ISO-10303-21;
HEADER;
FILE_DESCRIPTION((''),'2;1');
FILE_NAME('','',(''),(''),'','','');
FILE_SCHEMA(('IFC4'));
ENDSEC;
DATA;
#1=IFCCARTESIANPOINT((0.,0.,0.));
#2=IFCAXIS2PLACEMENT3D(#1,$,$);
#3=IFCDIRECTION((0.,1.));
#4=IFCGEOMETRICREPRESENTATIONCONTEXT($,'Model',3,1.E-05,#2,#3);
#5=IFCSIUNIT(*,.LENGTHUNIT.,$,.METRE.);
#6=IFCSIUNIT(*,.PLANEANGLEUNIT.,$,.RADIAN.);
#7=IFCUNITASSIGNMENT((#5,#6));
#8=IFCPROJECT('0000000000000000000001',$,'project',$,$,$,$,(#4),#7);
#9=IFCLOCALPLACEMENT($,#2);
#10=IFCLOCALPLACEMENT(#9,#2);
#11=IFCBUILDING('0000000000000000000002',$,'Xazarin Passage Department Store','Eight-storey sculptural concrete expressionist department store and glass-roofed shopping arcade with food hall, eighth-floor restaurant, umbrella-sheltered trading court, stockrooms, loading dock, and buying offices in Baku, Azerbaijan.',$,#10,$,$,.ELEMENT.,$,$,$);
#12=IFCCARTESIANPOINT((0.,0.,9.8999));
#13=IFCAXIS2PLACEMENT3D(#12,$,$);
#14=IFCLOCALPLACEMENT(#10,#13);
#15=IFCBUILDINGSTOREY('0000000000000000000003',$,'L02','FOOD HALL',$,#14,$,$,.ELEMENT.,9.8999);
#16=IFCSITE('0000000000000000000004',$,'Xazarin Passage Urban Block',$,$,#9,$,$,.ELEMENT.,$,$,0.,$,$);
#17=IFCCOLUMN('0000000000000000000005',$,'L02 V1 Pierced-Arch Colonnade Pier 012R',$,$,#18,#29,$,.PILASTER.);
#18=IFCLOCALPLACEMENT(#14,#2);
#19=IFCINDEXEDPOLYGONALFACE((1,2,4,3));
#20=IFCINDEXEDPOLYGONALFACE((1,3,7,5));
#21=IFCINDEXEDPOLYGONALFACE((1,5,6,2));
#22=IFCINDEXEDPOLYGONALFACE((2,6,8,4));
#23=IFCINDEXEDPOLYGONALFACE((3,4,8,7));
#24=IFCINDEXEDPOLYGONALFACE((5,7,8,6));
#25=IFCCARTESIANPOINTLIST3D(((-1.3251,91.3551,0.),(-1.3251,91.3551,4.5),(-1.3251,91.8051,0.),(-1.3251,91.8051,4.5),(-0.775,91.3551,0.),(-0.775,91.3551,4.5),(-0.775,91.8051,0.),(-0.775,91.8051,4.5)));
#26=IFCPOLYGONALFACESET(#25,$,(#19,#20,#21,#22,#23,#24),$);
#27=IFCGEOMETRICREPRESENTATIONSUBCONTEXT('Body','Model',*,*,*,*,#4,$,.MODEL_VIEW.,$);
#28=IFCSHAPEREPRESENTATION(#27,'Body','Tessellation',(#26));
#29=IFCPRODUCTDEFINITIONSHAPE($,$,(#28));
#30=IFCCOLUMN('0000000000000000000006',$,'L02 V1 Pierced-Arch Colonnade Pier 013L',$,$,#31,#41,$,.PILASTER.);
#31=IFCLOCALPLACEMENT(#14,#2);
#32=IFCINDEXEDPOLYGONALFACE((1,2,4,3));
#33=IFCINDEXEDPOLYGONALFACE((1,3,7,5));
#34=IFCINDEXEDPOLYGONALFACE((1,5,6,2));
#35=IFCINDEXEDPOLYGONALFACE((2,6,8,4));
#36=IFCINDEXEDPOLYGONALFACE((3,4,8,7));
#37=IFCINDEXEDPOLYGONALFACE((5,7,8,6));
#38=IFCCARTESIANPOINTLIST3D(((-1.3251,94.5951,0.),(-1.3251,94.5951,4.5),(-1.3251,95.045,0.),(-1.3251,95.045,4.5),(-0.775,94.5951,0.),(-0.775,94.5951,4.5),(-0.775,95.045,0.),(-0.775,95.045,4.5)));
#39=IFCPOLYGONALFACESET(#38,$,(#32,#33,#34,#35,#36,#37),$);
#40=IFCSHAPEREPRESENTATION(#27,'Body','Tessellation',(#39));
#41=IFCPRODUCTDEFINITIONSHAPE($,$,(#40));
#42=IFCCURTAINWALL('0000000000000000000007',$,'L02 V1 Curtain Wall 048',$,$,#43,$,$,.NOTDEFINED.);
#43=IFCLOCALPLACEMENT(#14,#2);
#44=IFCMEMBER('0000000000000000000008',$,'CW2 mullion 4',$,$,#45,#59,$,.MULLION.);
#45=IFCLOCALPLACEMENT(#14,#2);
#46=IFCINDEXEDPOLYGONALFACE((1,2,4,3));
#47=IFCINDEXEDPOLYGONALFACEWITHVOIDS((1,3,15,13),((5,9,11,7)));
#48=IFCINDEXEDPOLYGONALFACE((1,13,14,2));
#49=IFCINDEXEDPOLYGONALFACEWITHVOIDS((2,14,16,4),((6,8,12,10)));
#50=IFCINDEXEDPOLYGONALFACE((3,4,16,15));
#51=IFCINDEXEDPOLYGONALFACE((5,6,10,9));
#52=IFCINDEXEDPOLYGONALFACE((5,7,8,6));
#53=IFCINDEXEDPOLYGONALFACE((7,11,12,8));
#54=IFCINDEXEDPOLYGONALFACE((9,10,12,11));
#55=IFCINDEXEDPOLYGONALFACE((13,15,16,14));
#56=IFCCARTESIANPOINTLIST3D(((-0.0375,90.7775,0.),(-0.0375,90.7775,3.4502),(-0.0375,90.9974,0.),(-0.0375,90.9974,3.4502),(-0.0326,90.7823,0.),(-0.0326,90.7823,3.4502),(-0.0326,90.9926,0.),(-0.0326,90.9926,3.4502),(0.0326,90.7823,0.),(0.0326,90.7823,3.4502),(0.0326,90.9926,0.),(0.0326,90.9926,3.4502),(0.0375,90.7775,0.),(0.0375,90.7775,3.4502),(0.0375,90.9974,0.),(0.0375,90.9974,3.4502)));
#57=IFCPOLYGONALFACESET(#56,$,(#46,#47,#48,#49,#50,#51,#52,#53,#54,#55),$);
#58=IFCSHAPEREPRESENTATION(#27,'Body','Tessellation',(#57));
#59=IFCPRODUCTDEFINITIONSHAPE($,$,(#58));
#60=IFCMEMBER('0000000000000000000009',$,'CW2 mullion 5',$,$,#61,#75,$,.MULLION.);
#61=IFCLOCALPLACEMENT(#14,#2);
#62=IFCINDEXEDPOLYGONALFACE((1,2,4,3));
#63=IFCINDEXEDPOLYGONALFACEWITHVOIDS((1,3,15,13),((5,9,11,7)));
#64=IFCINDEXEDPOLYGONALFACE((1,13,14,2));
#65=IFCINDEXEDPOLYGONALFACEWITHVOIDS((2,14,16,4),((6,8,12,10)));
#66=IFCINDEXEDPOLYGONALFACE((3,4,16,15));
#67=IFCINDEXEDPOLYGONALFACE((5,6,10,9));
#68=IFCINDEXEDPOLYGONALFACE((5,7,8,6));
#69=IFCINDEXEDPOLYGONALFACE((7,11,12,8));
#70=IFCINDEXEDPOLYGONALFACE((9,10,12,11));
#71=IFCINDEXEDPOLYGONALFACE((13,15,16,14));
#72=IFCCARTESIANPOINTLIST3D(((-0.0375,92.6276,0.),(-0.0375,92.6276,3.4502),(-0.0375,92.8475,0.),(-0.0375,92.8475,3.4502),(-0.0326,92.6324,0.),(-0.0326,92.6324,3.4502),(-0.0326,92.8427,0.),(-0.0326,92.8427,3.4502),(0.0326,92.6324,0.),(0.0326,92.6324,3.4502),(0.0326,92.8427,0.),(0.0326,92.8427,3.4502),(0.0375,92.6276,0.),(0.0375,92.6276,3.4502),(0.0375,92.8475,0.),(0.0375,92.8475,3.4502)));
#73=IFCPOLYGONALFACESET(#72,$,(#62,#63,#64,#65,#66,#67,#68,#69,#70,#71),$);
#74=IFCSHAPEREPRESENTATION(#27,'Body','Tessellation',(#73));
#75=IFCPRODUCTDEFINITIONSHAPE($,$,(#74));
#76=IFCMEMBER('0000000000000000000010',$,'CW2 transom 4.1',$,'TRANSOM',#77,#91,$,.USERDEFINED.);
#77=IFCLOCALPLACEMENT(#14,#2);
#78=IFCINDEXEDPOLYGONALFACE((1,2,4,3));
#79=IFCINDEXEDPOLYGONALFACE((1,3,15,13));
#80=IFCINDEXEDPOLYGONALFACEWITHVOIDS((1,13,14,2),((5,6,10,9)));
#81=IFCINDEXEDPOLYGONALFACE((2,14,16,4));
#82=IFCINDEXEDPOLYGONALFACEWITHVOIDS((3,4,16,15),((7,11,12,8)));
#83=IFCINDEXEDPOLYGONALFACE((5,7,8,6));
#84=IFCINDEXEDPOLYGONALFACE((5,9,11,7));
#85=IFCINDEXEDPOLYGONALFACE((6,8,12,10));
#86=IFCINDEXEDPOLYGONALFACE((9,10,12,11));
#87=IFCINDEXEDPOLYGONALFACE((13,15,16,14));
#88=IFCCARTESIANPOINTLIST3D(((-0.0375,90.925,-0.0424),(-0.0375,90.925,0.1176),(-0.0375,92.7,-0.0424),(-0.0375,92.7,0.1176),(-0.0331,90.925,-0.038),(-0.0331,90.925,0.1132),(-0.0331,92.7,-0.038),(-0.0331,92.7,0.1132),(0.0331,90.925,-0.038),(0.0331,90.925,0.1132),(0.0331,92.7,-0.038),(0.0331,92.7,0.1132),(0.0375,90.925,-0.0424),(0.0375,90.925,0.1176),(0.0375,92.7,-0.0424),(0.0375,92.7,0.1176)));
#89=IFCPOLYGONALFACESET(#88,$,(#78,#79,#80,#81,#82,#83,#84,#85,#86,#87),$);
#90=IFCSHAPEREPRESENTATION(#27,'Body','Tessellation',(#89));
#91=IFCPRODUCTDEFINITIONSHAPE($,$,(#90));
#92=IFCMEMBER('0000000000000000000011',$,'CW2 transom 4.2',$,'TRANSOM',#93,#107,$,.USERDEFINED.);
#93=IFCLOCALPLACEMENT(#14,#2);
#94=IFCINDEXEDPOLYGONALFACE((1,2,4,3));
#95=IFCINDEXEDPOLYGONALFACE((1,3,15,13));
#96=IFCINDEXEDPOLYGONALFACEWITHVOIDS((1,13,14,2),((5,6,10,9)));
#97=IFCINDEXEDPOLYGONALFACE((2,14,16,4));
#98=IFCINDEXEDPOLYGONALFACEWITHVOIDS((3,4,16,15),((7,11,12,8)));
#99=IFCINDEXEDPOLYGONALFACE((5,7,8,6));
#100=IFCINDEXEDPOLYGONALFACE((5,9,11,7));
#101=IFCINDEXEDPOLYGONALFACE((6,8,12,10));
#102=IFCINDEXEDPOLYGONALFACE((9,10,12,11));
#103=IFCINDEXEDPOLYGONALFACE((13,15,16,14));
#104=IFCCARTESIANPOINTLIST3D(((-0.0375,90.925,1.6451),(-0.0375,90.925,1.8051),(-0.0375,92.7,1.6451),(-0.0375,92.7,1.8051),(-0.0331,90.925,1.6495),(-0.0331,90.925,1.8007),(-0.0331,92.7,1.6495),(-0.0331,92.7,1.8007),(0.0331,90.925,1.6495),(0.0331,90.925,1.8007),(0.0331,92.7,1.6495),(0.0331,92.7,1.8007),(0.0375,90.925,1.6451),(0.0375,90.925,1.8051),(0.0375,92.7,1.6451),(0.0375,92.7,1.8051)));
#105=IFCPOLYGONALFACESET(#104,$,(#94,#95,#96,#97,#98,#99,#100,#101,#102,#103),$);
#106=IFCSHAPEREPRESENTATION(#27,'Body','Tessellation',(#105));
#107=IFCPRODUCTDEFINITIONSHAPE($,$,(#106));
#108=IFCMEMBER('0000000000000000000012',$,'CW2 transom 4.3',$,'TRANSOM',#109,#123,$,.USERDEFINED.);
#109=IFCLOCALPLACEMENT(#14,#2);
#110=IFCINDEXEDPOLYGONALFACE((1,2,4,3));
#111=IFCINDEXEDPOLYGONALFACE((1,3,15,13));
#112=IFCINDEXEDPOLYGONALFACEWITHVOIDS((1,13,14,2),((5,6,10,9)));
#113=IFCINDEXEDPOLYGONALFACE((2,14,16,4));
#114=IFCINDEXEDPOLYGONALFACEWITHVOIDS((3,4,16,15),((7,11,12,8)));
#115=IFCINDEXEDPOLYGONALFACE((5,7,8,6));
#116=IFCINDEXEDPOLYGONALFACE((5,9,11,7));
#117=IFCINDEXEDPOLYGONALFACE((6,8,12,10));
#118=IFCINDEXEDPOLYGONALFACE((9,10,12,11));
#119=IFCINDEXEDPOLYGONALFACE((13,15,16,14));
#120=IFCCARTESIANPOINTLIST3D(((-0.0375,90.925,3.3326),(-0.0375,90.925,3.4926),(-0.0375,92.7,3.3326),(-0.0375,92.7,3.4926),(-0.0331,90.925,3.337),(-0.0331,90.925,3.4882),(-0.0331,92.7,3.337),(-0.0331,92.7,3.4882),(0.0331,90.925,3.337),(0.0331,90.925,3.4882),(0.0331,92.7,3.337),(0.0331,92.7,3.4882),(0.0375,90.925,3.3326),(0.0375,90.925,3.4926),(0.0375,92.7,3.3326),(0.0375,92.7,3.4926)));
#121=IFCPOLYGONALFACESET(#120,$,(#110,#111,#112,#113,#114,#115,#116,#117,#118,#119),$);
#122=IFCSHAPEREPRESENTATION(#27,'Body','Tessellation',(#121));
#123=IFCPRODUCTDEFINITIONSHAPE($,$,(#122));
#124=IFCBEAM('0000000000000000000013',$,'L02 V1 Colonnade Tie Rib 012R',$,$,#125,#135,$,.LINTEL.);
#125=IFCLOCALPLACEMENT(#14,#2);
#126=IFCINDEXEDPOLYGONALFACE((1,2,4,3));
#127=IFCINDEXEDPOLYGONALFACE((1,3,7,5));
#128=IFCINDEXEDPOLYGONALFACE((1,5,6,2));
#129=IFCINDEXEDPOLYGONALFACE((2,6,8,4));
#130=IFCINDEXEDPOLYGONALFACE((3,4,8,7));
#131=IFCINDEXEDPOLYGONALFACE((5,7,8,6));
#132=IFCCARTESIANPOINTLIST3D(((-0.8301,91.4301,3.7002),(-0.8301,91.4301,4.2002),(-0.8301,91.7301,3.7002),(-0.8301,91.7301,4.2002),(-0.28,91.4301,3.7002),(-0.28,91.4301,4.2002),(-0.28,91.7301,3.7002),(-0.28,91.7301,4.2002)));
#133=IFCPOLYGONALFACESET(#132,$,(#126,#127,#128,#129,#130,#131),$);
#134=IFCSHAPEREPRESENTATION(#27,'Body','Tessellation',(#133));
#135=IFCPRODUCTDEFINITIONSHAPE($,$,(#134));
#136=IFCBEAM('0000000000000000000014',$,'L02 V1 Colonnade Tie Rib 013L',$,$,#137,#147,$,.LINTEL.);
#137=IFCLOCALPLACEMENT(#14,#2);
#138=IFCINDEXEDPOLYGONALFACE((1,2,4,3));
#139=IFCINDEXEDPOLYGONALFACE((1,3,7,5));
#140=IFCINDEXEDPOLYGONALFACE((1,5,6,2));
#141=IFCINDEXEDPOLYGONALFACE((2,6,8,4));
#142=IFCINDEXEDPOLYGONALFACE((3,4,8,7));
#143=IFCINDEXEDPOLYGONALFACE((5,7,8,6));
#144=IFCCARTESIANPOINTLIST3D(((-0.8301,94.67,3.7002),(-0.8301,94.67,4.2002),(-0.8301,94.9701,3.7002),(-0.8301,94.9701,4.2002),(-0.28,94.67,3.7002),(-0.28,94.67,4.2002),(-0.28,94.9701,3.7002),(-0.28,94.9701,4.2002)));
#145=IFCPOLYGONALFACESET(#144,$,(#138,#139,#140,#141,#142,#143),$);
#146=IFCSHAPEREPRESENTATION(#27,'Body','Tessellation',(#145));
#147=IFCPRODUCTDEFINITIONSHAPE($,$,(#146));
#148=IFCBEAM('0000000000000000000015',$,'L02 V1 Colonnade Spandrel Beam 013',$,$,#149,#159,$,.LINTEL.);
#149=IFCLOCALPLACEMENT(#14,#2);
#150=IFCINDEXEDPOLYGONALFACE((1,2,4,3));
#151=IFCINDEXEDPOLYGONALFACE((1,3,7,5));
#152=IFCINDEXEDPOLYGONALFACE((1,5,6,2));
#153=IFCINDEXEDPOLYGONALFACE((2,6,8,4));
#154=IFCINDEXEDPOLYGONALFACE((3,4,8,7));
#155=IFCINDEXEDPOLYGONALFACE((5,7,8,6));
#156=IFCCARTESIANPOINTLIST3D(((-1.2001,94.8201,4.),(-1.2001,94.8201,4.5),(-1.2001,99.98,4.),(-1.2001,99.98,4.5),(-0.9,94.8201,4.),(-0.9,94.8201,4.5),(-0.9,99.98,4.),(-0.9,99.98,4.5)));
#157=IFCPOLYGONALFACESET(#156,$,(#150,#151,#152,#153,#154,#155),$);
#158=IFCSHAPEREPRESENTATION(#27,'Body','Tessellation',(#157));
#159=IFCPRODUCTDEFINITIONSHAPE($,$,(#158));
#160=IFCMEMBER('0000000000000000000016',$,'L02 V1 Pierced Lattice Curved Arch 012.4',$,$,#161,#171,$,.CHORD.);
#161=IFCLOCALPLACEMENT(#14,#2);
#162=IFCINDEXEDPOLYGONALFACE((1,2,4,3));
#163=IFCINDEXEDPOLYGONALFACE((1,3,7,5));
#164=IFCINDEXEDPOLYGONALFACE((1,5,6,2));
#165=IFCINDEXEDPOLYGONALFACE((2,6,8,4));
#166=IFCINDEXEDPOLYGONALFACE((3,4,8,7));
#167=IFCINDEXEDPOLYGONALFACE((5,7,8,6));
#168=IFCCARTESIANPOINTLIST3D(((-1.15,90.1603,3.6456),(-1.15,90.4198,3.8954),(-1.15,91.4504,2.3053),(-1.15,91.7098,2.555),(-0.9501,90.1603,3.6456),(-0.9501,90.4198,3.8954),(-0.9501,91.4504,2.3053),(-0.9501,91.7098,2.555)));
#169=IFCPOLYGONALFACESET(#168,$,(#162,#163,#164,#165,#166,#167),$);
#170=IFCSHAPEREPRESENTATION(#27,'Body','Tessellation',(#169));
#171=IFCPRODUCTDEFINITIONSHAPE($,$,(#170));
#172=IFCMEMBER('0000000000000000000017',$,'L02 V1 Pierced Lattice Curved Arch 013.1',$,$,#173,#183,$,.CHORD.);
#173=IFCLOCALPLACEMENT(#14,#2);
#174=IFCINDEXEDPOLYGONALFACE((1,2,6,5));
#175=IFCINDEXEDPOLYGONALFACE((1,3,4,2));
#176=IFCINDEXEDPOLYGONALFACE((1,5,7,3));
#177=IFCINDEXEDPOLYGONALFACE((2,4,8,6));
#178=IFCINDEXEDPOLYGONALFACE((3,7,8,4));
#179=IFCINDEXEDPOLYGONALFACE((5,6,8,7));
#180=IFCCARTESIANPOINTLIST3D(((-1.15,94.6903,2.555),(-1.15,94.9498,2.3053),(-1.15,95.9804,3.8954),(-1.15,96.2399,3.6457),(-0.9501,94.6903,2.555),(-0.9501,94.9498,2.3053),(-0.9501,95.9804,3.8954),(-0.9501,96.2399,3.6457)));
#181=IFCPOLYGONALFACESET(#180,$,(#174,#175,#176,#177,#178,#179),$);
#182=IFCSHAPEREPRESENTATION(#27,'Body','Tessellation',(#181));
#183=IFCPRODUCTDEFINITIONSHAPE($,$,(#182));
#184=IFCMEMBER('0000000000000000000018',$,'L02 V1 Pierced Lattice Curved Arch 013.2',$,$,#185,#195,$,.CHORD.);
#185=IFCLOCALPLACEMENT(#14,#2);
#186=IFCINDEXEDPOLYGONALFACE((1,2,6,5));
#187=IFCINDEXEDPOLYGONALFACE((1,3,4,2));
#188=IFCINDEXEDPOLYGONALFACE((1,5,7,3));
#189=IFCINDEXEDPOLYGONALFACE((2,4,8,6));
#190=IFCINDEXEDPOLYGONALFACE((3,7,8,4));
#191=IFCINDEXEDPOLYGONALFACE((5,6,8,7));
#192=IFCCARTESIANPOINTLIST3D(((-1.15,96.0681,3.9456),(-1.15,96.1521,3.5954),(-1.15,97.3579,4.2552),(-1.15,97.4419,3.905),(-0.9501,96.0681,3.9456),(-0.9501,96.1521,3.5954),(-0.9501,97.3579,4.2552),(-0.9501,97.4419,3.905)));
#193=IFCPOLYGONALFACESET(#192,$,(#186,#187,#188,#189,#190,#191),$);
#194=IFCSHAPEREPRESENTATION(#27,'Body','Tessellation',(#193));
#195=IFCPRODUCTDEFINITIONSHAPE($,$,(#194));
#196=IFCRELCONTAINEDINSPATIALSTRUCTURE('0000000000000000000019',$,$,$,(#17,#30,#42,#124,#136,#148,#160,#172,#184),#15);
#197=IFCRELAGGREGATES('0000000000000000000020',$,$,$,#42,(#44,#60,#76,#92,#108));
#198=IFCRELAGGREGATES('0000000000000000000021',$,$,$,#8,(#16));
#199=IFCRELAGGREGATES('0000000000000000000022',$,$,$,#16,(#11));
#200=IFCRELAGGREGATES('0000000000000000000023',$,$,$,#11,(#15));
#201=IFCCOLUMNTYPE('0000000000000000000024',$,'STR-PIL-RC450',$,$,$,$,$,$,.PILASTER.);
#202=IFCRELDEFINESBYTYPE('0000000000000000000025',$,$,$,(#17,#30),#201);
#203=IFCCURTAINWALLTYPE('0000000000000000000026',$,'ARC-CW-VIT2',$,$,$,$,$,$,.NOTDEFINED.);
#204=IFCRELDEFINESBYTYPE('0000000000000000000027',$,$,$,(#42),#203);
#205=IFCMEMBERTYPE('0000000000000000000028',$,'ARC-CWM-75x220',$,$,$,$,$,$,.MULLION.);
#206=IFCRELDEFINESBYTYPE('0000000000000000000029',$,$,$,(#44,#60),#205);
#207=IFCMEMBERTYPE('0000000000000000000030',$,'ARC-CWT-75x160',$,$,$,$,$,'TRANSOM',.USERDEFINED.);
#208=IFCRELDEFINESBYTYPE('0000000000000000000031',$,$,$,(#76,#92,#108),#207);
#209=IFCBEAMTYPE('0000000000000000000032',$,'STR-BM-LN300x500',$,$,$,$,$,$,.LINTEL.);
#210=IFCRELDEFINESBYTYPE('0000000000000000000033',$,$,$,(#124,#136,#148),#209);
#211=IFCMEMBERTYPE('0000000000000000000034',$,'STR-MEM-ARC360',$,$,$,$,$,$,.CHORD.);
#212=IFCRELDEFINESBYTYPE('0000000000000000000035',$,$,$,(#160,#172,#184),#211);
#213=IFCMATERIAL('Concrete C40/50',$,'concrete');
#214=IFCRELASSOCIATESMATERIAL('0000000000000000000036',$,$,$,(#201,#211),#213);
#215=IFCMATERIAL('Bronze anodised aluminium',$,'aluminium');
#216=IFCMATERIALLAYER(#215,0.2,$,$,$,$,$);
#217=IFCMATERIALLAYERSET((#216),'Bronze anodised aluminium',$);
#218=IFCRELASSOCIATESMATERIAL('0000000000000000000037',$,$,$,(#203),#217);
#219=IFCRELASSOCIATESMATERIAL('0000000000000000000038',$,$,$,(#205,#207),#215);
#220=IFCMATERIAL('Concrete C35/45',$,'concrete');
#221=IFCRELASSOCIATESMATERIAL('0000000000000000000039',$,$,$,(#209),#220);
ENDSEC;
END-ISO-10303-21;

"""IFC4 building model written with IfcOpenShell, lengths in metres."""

from ifc_helpers import new_model, si_unit, direction, frame, origin, origin_2d, place, context, subcontext, project, spatial, rectangle, hollow_rectangle, extrude, material, layer, layer_set, material_profile, profile_set, type_object, element, aggregate, save


model = new_model("IFC4")

# Units and contexts
model_context = context("Model", 3, precision=1e-05, world=origin(), true_north=direction((0.0, 1.0)))
body_context = subcontext(model_context, "Body", "Model", "MODEL_VIEW")
ifc_project = project(units=[si_unit("LENGTHUNIT", "METRE"), si_unit("PLANEANGLEUNIT", "RADIAN")], contexts=[model_context])

# Site, building, storey
site_placement = place(None, origin())
site = spatial("IfcSite", under=ifc_project, at=site_placement, Name="Xazarin Passage Urban Block", CompositionType="ELEMENT", RefElevation=0.0)
building_placement = place(site_placement, origin())
building = spatial("IfcBuilding", under=site, at=building_placement, Name="Xazarin Passage Department Store", Description="Eight-storey sculptural concrete expressionist department store and glass-roofed shopping arcade with food hall, eighth-floor restaurant, umbrella-sheltered trading court, stockrooms, loading dock, and buying offices in Baku, Azerbaijan.", CompositionType="ELEMENT")
storey_placement = place(building_placement, frame((0.0, 0.0, 9.8999)))
storey = spatial("IfcBuildingStorey", under=building, at=storey_placement, Name="L02", Description="FOOD HALL", CompositionType="ELEMENT", Elevation=9.8999)

# Columns
ifc_material_1 = material(Name="Concrete C40/50", Category="concrete")
ifc_material_profile_1 = material_profile(ifc_material_1, rectangle(XDim=0.45, YDim=0.55, at=origin_2d()), Name="RC 450x550")
ifc_profile_set_1 = profile_set([ifc_material_profile_1], Name="Concrete C40/50")
column_type = type_object("IfcColumnType", Name="STR-PIL-RC450", PredefinedType="PILASTER", material=ifc_profile_set_1)
for number, where, z_axis, x_axis, name in (
    (1, (-1.05, 91.5801, 0.0), (0.0, 0.0, 1.0), (0.0, 1.0, 0.0), "L02 V1 Pierced-Arch Colonnade Pier 012R"),
    (2, (-1.05, 94.8201, 0.0), (0.0, 0.0, 1.0), (0.0, 1.0, 0.0), "L02 V1 Pierced-Arch Colonnade Pier 013L"),
):
    element("IfcColumn", number, at=place(storey_placement, frame(where, z_axis=z_axis, x_axis=x_axis)), inside=storey, type_object=column_type, Name=name, PredefinedType="PILASTER", context=body_context, shape_type="SweptSolid", body=[
        extrude(rectangle(XDim=0.45, YDim=0.55, at=origin_2d()), origin(), (0.0, 0.0, 1.0), 4.5),
    ])

# Curtain wall, members
ifc_material_2 = material(Name="Bronze anodised aluminium", Category="aluminium")
ifc_layer_1 = layer(ifc_material_2, 0.2)
ifc_layer_set_1 = layer_set([ifc_layer_1], Name="Bronze anodised aluminium")
curtain_wall_type = type_object("IfcCurtainWallType", Name="ARC-CW-VIT2", PredefinedType="NOTDEFINED", material=ifc_layer_set_1)
curtain_wall_placement = place(storey_placement, origin())
curtain_wall = element("IfcCurtainWall", 3, at=curtain_wall_placement, inside=storey, type_object=curtain_wall_type, Name="L02 V1 Curtain Wall 048", PredefinedType="NOTDEFINED")
ifc_material_profile_2 = material_profile(ifc_material_2, hollow_rectangle(XDim=0.075, YDim=0.22, WallThickness=0.0049, at=origin_2d()), Name="ALU 75x220")
ifc_profile_set_2 = profile_set([ifc_material_profile_2], Name="Bronze anodised aluminium")
member_type_1 = type_object("IfcMemberType", Name="ARC-CWM-75x220", PredefinedType="MULLION", material=ifc_profile_set_2)
member_1_placement = place(storey_placement, frame((0.0, 90.8875, 0.0), z_axis=(0.0, 0.0, 1.0), x_axis=(-1.0, 0.0, 0.0)))
member_1 = element("IfcMember", 4, at=member_1_placement, type_object=member_type_1, Name="CW2 mullion 4", PredefinedType="MULLION", context=body_context, shape_type="SweptSolid", body=[
    extrude(hollow_rectangle(XDim=0.075, YDim=0.22, WallThickness=0.0049, at=origin_2d()), origin(), (0.0, 0.0, 1.0), 3.4502),
])
member_2_placement = place(storey_placement, frame((0.0, 92.7375, 0.0), z_axis=(0.0, 0.0, 1.0), x_axis=(-1.0, 0.0, 0.0)))
member_2 = element("IfcMember", 5, at=member_2_placement, type_object=member_type_1, Name="CW2 mullion 5", PredefinedType="MULLION", context=body_context, shape_type="SweptSolid", body=[
    extrude(hollow_rectangle(XDim=0.075, YDim=0.22, WallThickness=0.0049, at=origin_2d()), origin(), (0.0, 0.0, 1.0), 3.4502),
])
ifc_material_profile_3 = material_profile(ifc_material_2, hollow_rectangle(XDim=0.075, YDim=0.1599, WallThickness=0.0044, at=origin_2d()), Name="ALU 75x160")
ifc_profile_set_3 = profile_set([ifc_material_profile_3], Name="Bronze anodised aluminium")
member_type_2 = type_object("IfcMemberType", Name="ARC-CWT-75x160", ElementType="TRANSOM", PredefinedType="USERDEFINED", material=ifc_profile_set_3)
member_3_placement = place(storey_placement, frame((0.0, 90.925, 0.0376), z_axis=(0.0, 1.0, 0.0), x_axis=(-1.0, 0.0, 0.0)))
member_3 = element("IfcMember", 6, at=member_3_placement, type_object=member_type_2, Name="CW2 transom 4.1", ObjectType="TRANSOM", PredefinedType="USERDEFINED", context=body_context, shape_type="SweptSolid", body=[
    extrude(hollow_rectangle(XDim=0.075, YDim=0.1599, WallThickness=0.0044, at=origin_2d()), origin(), (0.0, 0.0, 1.0), 1.7749),
])
member_4_placement = place(storey_placement, frame((0.0, 90.925, 1.7251), z_axis=(0.0, 1.0, 0.0), x_axis=(-1.0, 0.0, 0.0)))
member_4 = element("IfcMember", 7, at=member_4_placement, type_object=member_type_2, Name="CW2 transom 4.2", ObjectType="TRANSOM", PredefinedType="USERDEFINED", context=body_context, shape_type="SweptSolid", body=[
    extrude(hollow_rectangle(XDim=0.075, YDim=0.1599, WallThickness=0.0044, at=origin_2d()), origin(), (0.0, 0.0, 1.0), 1.7749),
])
member_5_placement = place(storey_placement, frame((0.0, 90.925, 3.4126), z_axis=(0.0, 1.0, 0.0), x_axis=(-1.0, 0.0, 0.0)))
member_5 = element("IfcMember", 8, at=member_5_placement, type_object=member_type_2, Name="CW2 transom 4.3", ObjectType="TRANSOM", PredefinedType="USERDEFINED", context=body_context, shape_type="SweptSolid", body=[
    extrude(hollow_rectangle(XDim=0.075, YDim=0.1599, WallThickness=0.0044, at=origin_2d()), origin(), (0.0, 0.0, 1.0), 1.7749),
])

# Beams
ifc_material_3 = material(Name="Concrete C35/45", Category="concrete")
ifc_material_profile_4 = material_profile(ifc_material_3, rectangle(XDim=0.3, YDim=0.5, at=origin_2d()), Name="RC 300x500")
ifc_profile_set_4 = profile_set([ifc_material_profile_4], Name="Concrete C35/45")
beam_type = type_object("IfcBeamType", Name="STR-BM-LN300x500", PredefinedType="LINTEL", material=ifc_profile_set_4)
for number, where, z_axis, x_axis, name in (
    (9, (-0.28, 91.5801, 3.9502), (-1.0, 0.0, 0.0), (0.0, -1.0, 0.0), "L02 V1 Colonnade Tie Rib 012R"),
    (10, (-0.28, 94.8201, 3.9502), (-1.0, 0.0, 0.0), (0.0, -1.0, 0.0), "L02 V1 Colonnade Tie Rib 013L"),
):
    element("IfcBeam", number, at=place(storey_placement, frame(where, z_axis=z_axis, x_axis=x_axis)), inside=storey, type_object=beam_type, Name=name, PredefinedType="LINTEL", context=body_context, shape_type="SweptSolid", body=[
        extrude(rectangle(XDim=0.3, YDim=0.5, at=origin_2d()), origin(), (0.0, 0.0, 1.0), 0.55),
    ])
beam_placement = place(storey_placement, frame((-1.05, 94.8201, 4.25), z_axis=(0.0, 1.0, 0.0), x_axis=(-1.0, 0.0, 0.0)))
element("IfcBeam", 11, at=beam_placement, inside=storey, type_object=beam_type, Name="L02 V1 Colonnade Spandrel Beam 013", PredefinedType="LINTEL", context=body_context, shape_type="SweptSolid", body=[
    extrude(rectangle(XDim=0.3, YDim=0.5, at=origin_2d()), origin(), (0.0, 0.0, 1.0), 5.1599),
])

# Members
ifc_material_profile_5 = material_profile(ifc_material_1, rectangle(XDim=0.2, YDim=0.3601, at=origin_2d()), Name="RC 200x360")
ifc_profile_set_5 = profile_set([ifc_material_profile_5], Name="Concrete C40/50")
member_type_3 = type_object("IfcMemberType", Name="STR-MEM-ARC360", PredefinedType="CHORD", material=ifc_profile_set_5)
for number, where, z_axis, x_axis, name in (
    (12, (-1.05, 90.29, 3.7705), (0.0, 0.69346, -0.720495), (-1.0, 0.0, 0.0), "L02 V1 Pierced Lattice Curved Arch 012.4"),
    (13, (-1.05, 94.8201, 2.4302), (0.0, 0.69346, 0.720495), (-1.0, 0.0, 0.0), "L02 V1 Pierced Lattice Curved Arch 013.1"),
):
    element("IfcMember", number, at=place(storey_placement, frame(where, z_axis=z_axis, x_axis=x_axis)), inside=storey, type_object=member_type_3, Name=name, PredefinedType="CHORD", context=body_context, shape_type="SweptSolid", body=[
        extrude(rectangle(XDim=0.2, YDim=0.3601, at=origin_2d()), origin(), (0.0, 0.0, 1.0), 1.8604),
    ])
member_6_placement = place(storey_placement, frame((-1.05, 96.1101, 3.7705), z_axis=(0.0, 0.972384, 0.233387), x_axis=(-1.0, 0.0, 0.0)))
element("IfcMember", 14, at=member_6_placement, inside=storey, type_object=member_type_3, Name="L02 V1 Pierced Lattice Curved Arch 013.2", PredefinedType="CHORD", context=body_context, shape_type="SweptSolid", body=[
    extrude(rectangle(XDim=0.2, YDim=0.3601, at=origin_2d()), origin(), (0.0, 0.0, 1.0), 1.3264),
])

aggregate(curtain_wall, [member_1, member_2, member_3, member_4, member_5])

save(model, "model.ifc")
